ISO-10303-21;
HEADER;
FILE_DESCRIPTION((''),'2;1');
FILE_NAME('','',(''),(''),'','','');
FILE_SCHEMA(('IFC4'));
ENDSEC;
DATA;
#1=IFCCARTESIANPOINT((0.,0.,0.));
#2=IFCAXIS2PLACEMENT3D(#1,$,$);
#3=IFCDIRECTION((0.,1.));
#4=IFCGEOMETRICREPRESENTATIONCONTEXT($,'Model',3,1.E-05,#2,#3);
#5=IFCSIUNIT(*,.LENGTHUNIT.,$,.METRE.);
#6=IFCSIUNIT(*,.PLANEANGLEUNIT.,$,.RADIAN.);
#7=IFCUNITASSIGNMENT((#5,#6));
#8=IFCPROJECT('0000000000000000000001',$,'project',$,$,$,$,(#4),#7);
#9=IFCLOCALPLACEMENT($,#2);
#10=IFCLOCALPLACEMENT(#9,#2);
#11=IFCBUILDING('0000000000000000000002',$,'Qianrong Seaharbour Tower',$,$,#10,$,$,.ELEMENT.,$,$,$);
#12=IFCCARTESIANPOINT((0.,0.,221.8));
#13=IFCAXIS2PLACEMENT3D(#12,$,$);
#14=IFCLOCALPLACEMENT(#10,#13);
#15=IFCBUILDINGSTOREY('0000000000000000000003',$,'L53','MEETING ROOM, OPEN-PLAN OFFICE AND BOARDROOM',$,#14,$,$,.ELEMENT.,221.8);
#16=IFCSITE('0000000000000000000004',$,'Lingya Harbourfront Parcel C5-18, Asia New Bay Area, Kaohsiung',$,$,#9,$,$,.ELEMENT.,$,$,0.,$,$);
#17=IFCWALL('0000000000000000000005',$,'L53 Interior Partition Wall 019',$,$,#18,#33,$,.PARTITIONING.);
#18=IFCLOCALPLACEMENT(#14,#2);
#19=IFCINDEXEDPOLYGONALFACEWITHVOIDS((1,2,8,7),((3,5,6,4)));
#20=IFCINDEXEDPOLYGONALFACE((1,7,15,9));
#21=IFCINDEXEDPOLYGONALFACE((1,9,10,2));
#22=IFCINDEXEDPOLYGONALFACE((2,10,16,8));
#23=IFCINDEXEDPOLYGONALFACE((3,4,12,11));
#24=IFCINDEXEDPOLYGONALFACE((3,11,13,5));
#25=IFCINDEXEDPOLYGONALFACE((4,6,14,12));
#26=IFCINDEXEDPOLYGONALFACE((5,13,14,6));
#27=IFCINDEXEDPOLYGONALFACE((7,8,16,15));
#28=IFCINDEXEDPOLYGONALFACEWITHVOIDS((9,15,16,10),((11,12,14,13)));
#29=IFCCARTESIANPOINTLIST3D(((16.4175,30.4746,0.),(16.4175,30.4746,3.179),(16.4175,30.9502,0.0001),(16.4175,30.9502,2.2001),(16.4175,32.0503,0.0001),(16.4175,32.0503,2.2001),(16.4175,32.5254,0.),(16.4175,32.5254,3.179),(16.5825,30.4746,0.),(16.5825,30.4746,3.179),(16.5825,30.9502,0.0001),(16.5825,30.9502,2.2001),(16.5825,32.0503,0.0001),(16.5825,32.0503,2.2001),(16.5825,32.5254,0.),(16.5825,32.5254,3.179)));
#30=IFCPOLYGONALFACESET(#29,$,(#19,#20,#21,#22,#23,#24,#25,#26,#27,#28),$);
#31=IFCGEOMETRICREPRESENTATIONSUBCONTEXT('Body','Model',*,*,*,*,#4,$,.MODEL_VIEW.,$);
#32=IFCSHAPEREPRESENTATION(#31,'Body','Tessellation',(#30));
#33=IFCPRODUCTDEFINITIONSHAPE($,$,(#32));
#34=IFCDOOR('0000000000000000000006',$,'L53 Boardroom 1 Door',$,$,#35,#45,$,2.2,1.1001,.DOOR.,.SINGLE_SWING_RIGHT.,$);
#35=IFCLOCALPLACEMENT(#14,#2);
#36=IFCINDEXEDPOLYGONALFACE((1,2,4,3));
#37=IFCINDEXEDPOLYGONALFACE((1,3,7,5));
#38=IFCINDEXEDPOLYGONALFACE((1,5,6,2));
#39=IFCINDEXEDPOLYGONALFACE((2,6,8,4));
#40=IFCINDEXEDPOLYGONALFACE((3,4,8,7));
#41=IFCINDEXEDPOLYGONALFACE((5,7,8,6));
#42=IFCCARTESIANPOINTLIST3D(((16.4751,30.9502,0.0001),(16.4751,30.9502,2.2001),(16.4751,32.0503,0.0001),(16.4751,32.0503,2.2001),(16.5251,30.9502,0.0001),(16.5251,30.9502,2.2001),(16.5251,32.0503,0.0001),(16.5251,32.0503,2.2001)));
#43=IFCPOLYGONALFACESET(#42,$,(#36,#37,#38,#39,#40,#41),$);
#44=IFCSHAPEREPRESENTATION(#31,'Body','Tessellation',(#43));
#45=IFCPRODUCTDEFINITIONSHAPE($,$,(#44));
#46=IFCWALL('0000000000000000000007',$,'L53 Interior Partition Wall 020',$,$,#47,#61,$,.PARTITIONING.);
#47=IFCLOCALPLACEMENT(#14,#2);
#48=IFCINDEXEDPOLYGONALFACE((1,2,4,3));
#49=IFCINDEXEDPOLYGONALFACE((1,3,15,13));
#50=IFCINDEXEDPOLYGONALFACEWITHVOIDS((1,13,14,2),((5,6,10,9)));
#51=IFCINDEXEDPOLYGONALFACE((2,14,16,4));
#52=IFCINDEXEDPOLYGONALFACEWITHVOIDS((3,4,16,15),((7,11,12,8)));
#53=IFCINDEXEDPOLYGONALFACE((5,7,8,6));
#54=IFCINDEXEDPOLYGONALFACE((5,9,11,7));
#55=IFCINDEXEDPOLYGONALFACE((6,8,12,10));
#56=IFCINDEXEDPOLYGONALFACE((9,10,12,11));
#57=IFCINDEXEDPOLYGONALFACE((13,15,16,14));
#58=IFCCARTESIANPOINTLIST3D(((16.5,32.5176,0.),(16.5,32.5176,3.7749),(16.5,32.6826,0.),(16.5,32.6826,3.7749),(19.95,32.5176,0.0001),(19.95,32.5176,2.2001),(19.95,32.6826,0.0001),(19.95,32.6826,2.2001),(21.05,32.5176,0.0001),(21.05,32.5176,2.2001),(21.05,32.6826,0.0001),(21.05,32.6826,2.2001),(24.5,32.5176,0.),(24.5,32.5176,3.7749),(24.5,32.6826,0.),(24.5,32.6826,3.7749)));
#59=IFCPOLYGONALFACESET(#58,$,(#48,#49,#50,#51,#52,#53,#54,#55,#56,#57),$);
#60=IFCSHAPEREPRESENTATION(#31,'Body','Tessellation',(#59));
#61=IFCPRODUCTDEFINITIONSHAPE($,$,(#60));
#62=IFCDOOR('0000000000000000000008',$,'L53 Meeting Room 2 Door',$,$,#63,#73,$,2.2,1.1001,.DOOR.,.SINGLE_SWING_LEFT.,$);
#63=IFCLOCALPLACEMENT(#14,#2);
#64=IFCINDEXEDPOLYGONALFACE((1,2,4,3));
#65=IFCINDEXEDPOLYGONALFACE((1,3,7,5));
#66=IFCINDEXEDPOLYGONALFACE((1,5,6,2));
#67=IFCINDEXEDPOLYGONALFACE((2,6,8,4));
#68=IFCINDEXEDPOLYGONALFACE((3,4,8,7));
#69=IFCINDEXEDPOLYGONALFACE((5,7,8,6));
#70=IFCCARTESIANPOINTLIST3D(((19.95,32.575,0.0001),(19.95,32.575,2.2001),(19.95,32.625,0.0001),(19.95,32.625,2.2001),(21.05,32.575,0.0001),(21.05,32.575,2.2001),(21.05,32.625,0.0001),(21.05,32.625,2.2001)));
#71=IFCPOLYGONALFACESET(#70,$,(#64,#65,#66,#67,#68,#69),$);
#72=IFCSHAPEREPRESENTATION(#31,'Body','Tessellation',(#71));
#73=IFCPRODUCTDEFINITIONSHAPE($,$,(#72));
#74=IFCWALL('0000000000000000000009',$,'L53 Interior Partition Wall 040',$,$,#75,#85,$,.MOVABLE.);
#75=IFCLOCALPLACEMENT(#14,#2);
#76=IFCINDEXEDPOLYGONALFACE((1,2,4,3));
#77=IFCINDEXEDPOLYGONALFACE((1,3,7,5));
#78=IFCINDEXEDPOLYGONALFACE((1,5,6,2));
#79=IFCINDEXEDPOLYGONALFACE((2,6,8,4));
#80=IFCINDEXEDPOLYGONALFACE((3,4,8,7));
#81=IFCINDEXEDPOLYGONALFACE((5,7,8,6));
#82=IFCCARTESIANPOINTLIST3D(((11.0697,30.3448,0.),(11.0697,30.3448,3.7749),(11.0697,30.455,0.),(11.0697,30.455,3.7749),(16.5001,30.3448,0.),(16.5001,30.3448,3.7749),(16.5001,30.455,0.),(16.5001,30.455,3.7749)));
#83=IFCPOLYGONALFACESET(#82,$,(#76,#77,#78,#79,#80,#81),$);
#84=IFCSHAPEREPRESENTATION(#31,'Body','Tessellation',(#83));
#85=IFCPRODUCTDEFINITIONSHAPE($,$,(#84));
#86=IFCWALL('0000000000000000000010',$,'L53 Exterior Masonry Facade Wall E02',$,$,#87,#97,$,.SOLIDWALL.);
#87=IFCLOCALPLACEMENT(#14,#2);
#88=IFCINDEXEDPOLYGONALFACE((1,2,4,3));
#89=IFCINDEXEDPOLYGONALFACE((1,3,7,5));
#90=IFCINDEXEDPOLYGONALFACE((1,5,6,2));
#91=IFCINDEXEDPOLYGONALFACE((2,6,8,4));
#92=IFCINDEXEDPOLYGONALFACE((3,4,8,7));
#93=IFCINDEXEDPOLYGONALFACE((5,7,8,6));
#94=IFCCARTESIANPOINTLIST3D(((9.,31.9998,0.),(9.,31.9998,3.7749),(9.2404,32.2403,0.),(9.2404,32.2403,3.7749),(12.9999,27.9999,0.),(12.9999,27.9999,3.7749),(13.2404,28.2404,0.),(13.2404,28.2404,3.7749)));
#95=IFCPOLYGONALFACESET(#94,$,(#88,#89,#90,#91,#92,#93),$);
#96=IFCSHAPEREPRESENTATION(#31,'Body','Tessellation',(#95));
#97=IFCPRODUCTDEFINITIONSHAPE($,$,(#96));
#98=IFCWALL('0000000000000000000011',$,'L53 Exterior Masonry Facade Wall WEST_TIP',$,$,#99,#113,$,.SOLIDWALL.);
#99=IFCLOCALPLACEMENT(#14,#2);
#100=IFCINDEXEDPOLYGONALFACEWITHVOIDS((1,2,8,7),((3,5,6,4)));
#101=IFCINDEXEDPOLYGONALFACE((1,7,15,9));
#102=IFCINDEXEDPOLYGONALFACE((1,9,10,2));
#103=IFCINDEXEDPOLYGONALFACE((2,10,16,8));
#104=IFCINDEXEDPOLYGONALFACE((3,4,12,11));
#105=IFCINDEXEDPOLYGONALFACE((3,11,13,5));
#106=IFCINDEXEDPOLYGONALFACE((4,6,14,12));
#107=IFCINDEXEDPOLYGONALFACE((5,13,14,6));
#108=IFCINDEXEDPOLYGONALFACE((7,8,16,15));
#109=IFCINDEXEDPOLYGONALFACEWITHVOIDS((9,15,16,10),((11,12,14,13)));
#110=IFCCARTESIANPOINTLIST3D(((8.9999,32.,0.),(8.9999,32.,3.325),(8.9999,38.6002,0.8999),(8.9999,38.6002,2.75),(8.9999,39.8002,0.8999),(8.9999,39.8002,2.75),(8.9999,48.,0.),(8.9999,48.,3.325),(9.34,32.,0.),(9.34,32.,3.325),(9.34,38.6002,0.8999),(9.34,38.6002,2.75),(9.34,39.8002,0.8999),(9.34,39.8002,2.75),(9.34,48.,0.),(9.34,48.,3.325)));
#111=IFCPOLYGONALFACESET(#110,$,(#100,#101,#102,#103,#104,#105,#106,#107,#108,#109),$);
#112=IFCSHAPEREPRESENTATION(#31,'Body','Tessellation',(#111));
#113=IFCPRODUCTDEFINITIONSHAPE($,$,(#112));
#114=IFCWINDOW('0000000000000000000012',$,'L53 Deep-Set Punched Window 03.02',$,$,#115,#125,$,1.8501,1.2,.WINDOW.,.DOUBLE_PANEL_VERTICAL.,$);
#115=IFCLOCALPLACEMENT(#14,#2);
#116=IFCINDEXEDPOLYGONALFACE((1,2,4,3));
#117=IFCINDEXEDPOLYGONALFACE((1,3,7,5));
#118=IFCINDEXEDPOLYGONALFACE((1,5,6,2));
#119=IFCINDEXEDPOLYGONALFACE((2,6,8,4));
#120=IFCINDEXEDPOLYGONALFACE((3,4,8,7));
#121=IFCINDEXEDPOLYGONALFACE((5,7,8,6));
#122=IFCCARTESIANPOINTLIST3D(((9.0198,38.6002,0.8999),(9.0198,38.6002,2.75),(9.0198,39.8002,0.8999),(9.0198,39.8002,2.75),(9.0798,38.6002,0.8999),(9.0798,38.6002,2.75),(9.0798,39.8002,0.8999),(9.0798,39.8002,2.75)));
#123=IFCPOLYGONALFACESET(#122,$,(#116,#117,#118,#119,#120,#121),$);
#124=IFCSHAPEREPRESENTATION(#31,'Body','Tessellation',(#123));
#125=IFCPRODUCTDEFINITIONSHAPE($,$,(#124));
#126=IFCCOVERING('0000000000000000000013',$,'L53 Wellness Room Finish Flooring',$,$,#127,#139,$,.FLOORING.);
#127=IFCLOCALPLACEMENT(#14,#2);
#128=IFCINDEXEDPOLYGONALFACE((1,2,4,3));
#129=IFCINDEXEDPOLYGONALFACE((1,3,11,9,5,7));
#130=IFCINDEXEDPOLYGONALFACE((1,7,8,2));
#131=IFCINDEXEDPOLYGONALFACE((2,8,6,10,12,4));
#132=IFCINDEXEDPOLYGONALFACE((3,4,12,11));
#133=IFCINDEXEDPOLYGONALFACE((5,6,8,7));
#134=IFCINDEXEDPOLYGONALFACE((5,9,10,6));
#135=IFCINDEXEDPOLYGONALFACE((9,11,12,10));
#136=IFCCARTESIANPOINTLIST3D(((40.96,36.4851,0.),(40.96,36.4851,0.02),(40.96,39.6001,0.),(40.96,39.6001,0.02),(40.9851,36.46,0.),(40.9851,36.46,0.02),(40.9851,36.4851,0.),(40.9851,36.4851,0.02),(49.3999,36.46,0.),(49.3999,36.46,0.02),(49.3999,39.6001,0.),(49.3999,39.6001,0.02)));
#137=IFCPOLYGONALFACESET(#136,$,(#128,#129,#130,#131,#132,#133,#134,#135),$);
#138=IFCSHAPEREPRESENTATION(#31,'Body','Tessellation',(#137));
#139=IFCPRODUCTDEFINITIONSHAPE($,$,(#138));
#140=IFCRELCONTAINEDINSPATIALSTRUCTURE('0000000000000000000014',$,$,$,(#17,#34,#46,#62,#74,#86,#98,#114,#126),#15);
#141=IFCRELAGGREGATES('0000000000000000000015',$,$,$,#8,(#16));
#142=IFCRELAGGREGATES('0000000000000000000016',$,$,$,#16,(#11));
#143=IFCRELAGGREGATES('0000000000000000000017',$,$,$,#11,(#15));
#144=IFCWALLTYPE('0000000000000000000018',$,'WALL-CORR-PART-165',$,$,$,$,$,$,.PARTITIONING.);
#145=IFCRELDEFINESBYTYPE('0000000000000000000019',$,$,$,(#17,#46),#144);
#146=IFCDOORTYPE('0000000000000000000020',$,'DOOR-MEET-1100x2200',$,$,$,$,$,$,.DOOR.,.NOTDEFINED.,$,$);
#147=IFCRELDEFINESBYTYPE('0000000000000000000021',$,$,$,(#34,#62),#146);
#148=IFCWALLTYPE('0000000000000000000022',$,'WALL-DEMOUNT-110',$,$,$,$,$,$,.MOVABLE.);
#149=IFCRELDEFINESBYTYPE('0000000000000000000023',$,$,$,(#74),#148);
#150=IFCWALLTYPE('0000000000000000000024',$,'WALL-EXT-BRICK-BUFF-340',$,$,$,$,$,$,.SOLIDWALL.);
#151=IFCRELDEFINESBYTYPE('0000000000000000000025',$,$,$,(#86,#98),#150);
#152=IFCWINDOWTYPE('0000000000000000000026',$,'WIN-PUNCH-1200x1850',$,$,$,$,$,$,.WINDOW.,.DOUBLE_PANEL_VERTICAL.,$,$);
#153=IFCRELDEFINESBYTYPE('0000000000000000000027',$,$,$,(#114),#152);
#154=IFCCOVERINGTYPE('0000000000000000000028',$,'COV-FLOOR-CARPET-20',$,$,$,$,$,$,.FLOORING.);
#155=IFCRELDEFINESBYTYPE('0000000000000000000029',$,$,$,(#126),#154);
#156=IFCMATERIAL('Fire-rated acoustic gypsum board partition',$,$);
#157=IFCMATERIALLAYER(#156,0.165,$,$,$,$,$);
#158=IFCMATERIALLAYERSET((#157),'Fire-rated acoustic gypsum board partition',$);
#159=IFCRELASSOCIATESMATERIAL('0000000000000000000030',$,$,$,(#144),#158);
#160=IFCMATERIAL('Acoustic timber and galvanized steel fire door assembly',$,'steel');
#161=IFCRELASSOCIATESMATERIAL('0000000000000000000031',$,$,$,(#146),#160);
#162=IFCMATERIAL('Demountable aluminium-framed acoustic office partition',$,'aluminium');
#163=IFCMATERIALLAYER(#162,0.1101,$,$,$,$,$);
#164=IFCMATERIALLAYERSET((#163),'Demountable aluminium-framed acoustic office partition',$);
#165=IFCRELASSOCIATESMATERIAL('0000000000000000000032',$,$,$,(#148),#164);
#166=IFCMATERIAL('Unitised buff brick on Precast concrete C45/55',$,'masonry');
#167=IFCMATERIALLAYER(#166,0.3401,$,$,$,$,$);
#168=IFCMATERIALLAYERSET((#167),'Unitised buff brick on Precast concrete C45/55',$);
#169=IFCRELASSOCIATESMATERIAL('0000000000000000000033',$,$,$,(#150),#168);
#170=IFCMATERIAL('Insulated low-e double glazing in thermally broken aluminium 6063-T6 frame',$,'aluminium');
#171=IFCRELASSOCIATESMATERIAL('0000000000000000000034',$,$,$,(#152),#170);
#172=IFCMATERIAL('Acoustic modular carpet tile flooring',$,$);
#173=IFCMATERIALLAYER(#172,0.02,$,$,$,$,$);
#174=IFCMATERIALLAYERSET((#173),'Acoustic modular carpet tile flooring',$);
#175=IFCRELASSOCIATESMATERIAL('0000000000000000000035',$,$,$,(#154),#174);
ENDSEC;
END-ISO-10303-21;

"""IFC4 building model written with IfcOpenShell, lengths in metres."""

from ifc_helpers import new_model, si_unit, direction, frame, frame_2d, origin, place, context, subcontext, project, spatial, polyline, rectangle, outline, extrude, material, layer, layer_set, type_object, element, fill, save


model = new_model("IFC4")

# Units and contexts
model_context = context("Model", 3, precision=1e-05, world=origin(), true_north=direction((0.0, 1.0)))
body_context = subcontext(model_context, "Body", "Model", "MODEL_VIEW")
ifc_project = project(units=[si_unit("LENGTHUNIT", "METRE"), si_unit("PLANEANGLEUNIT", "RADIAN")], contexts=[model_context])

# Site, building, storey
site_placement = place(None, origin())
site = spatial("IfcSite", under=ifc_project, at=site_placement, Name="Lingya Harbourfront Parcel C5-18, Asia New Bay Area, Kaohsiung", CompositionType="ELEMENT", RefElevation=0.0)
building_placement = place(site_placement, origin())
building = spatial("IfcBuilding", under=site, at=building_placement, Name="Qianrong Seaharbour Tower", CompositionType="ELEMENT")
storey_placement = place(building_placement, frame((0.0, 0.0, 221.8)))
storey = spatial("IfcBuildingStorey", under=building, at=storey_placement, Name="L53", Description="MEETING ROOM, OPEN-PLAN OFFICE AND BOARDROOM", CompositionType="ELEMENT", Elevation=221.8)

# Walls, openings, doors
ifc_material_1 = material(Name="Fire-rated acoustic gypsum board partition")
ifc_layer_1 = layer(ifc_material_1, 0.165)
ifc_layer_set_1 = layer_set([ifc_layer_1], Name="Fire-rated acoustic gypsum board partition")
wall_type_1 = type_object("IfcWallType", Name="WALL-CORR-PART-165", PredefinedType="PARTITIONING", material=ifc_layer_set_1)
wall_1_placement = place(storey_placement, frame((16.5, 30.4746, 0.0), z_axis=(0.0, 0.0, 1.0), x_axis=(0.0, 1.0, 0.0)))
wall_1 = element("IfcWall", 1, at=wall_1_placement, inside=storey, type_object=wall_type_1, Name="L53 Interior Partition Wall 019", PredefinedType="PARTITIONING", context=body_context, shape_type="SweptSolid", body=[
    extrude(rectangle(XDim=2.0508, YDim=0.165, at=frame_2d((1.0254, 0.0))), origin(), (0.0, 0.0, 1.0), 3.179),
])
opening_1_placement = place(wall_1_placement, frame((0.4756, 0.0, 0.0)))
opening_1 = element("IfcOpeningElement", 2, at=opening_1_placement, cuts=wall_1, PredefinedType="OPENING", context=body_context, shape_type="SweptSolid", body=[
    extrude(rectangle(XDim=1.1001, YDim=2.2, at=frame_2d((0.55, 1.1001))), frame((0.0, 0.0925, 0.0), z_axis=(0.0, -1.0, 0.0), x_axis=(1.0, 0.0, 0.0)), (0.0, 0.0, 1.0), 0.1851),
])
ifc_material_2 = material(Name="Acoustic timber and galvanized steel fire door assembly", Category="steel")
door_type = type_object("IfcDoorType", Name="DOOR-MEET-1100x2200", OperationType="NOTDEFINED", PredefinedType="DOOR", material=ifc_material_2)
door_1_placement = place(opening_1_placement, origin())
door_1 = element("IfcDoor", 3, at=door_1_placement, inside=storey, type_object=door_type, Name="L53 Boardroom 1 Door", OperationType="SINGLE_SWING_RIGHT", OverallHeight=2.2, OverallWidth=1.1001, PredefinedType="DOOR", context=body_context, shape_type="SweptSolid", body=[
    extrude(rectangle(XDim=1.1001, YDim=2.2, at=frame_2d((0.55, 1.1001))), frame((0.0, 0.0249, 0.0), z_axis=(0.0, -1.0, 0.0), x_axis=(1.0, 0.0, 0.0)), (0.0, 0.0, 1.0), 0.05),
])
fill(opening_1, door_1)
wall_2_placement = place(storey_placement, frame((16.5, 32.6001, 0.0), z_axis=(0.0, 0.0, 1.0), x_axis=(1.0, 0.0, 0.0)))
wall_2 = element("IfcWall", 4, at=wall_2_placement, inside=storey, type_object=wall_type_1, Name="L53 Interior Partition Wall 020", PredefinedType="PARTITIONING", context=body_context, shape_type="SweptSolid", body=[
    extrude(rectangle(XDim=8.0, YDim=0.165, at=frame_2d((4.0, 0.0))), origin(), (0.0, 0.0, 1.0), 3.7749),
])
opening_2_placement = place(wall_2_placement, frame((3.45, 0.0, 0.0)))
opening_2 = element("IfcOpeningElement", 5, at=opening_2_placement, cuts=wall_2, PredefinedType="OPENING", context=body_context, shape_type="SweptSolid", body=[
    extrude(rectangle(XDim=1.1001, YDim=2.2, at=frame_2d((0.55, 1.1001))), frame((0.0, 0.0925, 0.0), z_axis=(0.0, -1.0, 0.0), x_axis=(1.0, 0.0, 0.0)), (0.0, 0.0, 1.0), 0.1851),
])
door_2_placement = place(opening_2_placement, origin())
door_2 = element("IfcDoor", 6, at=door_2_placement, inside=storey, type_object=door_type, Name="L53 Meeting Room 2 Door", OperationType="SINGLE_SWING_LEFT", OverallHeight=2.2, OverallWidth=1.1001, PredefinedType="DOOR", context=body_context, shape_type="SweptSolid", body=[
    extrude(rectangle(XDim=1.1001, YDim=2.2, at=frame_2d((0.55, 1.1001))), frame((0.0, 0.0249, 0.0), z_axis=(0.0, -1.0, 0.0), x_axis=(1.0, 0.0, 0.0)), (0.0, 0.0, 1.0), 0.05),
])
fill(opening_2, door_2)

# Walls
ifc_material_3 = material(Name="Demountable aluminium-framed acoustic office partition", Category="aluminium")
ifc_layer_2 = layer(ifc_material_3, 0.1101)
ifc_layer_set_2 = layer_set([ifc_layer_2], Name="Demountable aluminium-framed acoustic office partition")
wall_type_2 = type_object("IfcWallType", Name="WALL-DEMOUNT-110", PredefinedType="MOVABLE", material=ifc_layer_set_2)
wall_3_placement = place(storey_placement, frame((11.0696, 30.3999, 0.0), z_axis=(0.0, 0.0, 1.0), x_axis=(1.0, 0.0, 0.0)))
element("IfcWall", 7, at=wall_3_placement, inside=storey, type_object=wall_type_2, Name="L53 Interior Partition Wall 040", PredefinedType="MOVABLE", context=body_context, shape_type="SweptSolid", body=[
    extrude(rectangle(XDim=5.4304, YDim=0.1101, at=frame_2d((2.7153, 0.0))), origin(), (0.0, 0.0, 1.0), 3.7749),
])
ifc_material_4 = material(Name="Unitised buff brick on Precast concrete C45/55", Category="masonry")
ifc_layer_3 = layer(ifc_material_4, 0.3401)
ifc_layer_set_3 = layer_set([ifc_layer_3], Name="Unitised buff brick on Precast concrete C45/55")
wall_type_3 = type_object("IfcWallType", Name="WALL-EXT-BRICK-BUFF-340", PredefinedType="SOLIDWALL", material=ifc_layer_set_3)
wall_4_placement = place(storey_placement, frame((13.1201, 28.1201, 0.0), z_axis=(0.0, 0.0, 1.0), x_axis=(-0.707107, 0.707107, 0.0)))
element("IfcWall", 8, at=wall_4_placement, inside=storey, type_object=wall_type_3, Name="L53 Exterior Masonry Facade Wall E02", PredefinedType="SOLIDWALL", context=body_context, shape_type="SweptSolid", body=[
    extrude(rectangle(XDim=5.6567, YDim=0.3401, at=frame_2d((2.8284, 0.0))), origin(), (0.0, 0.0, 1.0), 3.7749),
])

# Wall, opening, window
wall_5_placement = place(storey_placement, frame((9.1699, 32.0, 0.0), z_axis=(0.0, 0.0, 1.0), x_axis=(0.0, 1.0, 0.0)))
wall_5 = element("IfcWall", 9, at=wall_5_placement, inside=storey, type_object=wall_type_3, Name="L53 Exterior Masonry Facade Wall WEST_TIP", PredefinedType="SOLIDWALL", context=body_context, shape_type="SweptSolid", body=[
    extrude(rectangle(XDim=16.0, YDim=0.3401, at=frame_2d((8.0, 0.0))), origin(), (0.0, 0.0, 1.0), 3.325),
])
opening_3_placement = place(wall_5_placement, frame((6.6001, 0.0, 0.8999)))
opening_3 = element("IfcOpeningElement", 10, at=opening_3_placement, cuts=wall_5, PredefinedType="OPENING", context=body_context, shape_type="SweptSolid", body=[
    extrude(rectangle(XDim=1.2, YDim=1.8501, at=frame_2d((0.6001, 0.925))), frame((0.0, 0.1802, 0.0), z_axis=(0.0, -1.0, 0.0), x_axis=(1.0, 0.0, 0.0)), (0.0, 0.0, 1.0), 0.3601),
])
ifc_material_5 = material(Name="Insulated low-e double glazing in thermally broken aluminium 6063-T6 frame", Category="aluminium")
window_type = type_object("IfcWindowType", Name="WIN-PUNCH-1200x1850", PartitioningType="DOUBLE_PANEL_VERTICAL", PredefinedType="WINDOW", material=ifc_material_5)
window_placement = place(opening_3_placement, origin())
window = element("IfcWindow", 11, at=window_placement, inside=storey, type_object=window_type, Name="L53 Deep-Set Punched Window 03.02", OverallHeight=1.8501, OverallWidth=1.2, PartitioningType="DOUBLE_PANEL_VERTICAL", PredefinedType="WINDOW", context=body_context, shape_type="SweptSolid", body=[
    extrude(rectangle(XDim=1.2, YDim=1.8501, at=frame_2d((0.6001, 0.925))), frame((0.0, 0.1501, 0.0), z_axis=(0.0, -1.0, 0.0), x_axis=(1.0, 0.0, 0.0)), (0.0, 0.0, 1.0), 0.0601),
])
fill(opening_3, window)

# Covering
ifc_material_6 = material(Name="Acoustic modular carpet tile flooring")
ifc_layer_4 = layer(ifc_material_6, 0.02)
ifc_layer_set_4 = layer_set([ifc_layer_4], Name="Acoustic modular carpet tile flooring")
covering_type_1 = type_object("IfcCoveringType", Name="COV-FLOOR-CARPET-20", PredefinedType="FLOORING", material=ifc_layer_set_4)
covering_1_placement = place(storey_placement, origin())
element("IfcCovering", 12, at=covering_1_placement, inside=storey, type_object=covering_type_1, Name="L53 Wellness Room Finish Flooring", PredefinedType="FLOORING", context=body_context, shape_type="SweptSolid", body=[
    extrude(outline(polyline([(49.3999, 39.6001), (49.3999, 36.46), (40.9851, 36.46), (40.9851, 36.4851), (40.96, 36.4851), (40.96, 39.6001), (49.3999, 39.6001)])), origin(), (0.0, 0.0, 1.0), 0.02),
])

save(model, "model.ifc")
